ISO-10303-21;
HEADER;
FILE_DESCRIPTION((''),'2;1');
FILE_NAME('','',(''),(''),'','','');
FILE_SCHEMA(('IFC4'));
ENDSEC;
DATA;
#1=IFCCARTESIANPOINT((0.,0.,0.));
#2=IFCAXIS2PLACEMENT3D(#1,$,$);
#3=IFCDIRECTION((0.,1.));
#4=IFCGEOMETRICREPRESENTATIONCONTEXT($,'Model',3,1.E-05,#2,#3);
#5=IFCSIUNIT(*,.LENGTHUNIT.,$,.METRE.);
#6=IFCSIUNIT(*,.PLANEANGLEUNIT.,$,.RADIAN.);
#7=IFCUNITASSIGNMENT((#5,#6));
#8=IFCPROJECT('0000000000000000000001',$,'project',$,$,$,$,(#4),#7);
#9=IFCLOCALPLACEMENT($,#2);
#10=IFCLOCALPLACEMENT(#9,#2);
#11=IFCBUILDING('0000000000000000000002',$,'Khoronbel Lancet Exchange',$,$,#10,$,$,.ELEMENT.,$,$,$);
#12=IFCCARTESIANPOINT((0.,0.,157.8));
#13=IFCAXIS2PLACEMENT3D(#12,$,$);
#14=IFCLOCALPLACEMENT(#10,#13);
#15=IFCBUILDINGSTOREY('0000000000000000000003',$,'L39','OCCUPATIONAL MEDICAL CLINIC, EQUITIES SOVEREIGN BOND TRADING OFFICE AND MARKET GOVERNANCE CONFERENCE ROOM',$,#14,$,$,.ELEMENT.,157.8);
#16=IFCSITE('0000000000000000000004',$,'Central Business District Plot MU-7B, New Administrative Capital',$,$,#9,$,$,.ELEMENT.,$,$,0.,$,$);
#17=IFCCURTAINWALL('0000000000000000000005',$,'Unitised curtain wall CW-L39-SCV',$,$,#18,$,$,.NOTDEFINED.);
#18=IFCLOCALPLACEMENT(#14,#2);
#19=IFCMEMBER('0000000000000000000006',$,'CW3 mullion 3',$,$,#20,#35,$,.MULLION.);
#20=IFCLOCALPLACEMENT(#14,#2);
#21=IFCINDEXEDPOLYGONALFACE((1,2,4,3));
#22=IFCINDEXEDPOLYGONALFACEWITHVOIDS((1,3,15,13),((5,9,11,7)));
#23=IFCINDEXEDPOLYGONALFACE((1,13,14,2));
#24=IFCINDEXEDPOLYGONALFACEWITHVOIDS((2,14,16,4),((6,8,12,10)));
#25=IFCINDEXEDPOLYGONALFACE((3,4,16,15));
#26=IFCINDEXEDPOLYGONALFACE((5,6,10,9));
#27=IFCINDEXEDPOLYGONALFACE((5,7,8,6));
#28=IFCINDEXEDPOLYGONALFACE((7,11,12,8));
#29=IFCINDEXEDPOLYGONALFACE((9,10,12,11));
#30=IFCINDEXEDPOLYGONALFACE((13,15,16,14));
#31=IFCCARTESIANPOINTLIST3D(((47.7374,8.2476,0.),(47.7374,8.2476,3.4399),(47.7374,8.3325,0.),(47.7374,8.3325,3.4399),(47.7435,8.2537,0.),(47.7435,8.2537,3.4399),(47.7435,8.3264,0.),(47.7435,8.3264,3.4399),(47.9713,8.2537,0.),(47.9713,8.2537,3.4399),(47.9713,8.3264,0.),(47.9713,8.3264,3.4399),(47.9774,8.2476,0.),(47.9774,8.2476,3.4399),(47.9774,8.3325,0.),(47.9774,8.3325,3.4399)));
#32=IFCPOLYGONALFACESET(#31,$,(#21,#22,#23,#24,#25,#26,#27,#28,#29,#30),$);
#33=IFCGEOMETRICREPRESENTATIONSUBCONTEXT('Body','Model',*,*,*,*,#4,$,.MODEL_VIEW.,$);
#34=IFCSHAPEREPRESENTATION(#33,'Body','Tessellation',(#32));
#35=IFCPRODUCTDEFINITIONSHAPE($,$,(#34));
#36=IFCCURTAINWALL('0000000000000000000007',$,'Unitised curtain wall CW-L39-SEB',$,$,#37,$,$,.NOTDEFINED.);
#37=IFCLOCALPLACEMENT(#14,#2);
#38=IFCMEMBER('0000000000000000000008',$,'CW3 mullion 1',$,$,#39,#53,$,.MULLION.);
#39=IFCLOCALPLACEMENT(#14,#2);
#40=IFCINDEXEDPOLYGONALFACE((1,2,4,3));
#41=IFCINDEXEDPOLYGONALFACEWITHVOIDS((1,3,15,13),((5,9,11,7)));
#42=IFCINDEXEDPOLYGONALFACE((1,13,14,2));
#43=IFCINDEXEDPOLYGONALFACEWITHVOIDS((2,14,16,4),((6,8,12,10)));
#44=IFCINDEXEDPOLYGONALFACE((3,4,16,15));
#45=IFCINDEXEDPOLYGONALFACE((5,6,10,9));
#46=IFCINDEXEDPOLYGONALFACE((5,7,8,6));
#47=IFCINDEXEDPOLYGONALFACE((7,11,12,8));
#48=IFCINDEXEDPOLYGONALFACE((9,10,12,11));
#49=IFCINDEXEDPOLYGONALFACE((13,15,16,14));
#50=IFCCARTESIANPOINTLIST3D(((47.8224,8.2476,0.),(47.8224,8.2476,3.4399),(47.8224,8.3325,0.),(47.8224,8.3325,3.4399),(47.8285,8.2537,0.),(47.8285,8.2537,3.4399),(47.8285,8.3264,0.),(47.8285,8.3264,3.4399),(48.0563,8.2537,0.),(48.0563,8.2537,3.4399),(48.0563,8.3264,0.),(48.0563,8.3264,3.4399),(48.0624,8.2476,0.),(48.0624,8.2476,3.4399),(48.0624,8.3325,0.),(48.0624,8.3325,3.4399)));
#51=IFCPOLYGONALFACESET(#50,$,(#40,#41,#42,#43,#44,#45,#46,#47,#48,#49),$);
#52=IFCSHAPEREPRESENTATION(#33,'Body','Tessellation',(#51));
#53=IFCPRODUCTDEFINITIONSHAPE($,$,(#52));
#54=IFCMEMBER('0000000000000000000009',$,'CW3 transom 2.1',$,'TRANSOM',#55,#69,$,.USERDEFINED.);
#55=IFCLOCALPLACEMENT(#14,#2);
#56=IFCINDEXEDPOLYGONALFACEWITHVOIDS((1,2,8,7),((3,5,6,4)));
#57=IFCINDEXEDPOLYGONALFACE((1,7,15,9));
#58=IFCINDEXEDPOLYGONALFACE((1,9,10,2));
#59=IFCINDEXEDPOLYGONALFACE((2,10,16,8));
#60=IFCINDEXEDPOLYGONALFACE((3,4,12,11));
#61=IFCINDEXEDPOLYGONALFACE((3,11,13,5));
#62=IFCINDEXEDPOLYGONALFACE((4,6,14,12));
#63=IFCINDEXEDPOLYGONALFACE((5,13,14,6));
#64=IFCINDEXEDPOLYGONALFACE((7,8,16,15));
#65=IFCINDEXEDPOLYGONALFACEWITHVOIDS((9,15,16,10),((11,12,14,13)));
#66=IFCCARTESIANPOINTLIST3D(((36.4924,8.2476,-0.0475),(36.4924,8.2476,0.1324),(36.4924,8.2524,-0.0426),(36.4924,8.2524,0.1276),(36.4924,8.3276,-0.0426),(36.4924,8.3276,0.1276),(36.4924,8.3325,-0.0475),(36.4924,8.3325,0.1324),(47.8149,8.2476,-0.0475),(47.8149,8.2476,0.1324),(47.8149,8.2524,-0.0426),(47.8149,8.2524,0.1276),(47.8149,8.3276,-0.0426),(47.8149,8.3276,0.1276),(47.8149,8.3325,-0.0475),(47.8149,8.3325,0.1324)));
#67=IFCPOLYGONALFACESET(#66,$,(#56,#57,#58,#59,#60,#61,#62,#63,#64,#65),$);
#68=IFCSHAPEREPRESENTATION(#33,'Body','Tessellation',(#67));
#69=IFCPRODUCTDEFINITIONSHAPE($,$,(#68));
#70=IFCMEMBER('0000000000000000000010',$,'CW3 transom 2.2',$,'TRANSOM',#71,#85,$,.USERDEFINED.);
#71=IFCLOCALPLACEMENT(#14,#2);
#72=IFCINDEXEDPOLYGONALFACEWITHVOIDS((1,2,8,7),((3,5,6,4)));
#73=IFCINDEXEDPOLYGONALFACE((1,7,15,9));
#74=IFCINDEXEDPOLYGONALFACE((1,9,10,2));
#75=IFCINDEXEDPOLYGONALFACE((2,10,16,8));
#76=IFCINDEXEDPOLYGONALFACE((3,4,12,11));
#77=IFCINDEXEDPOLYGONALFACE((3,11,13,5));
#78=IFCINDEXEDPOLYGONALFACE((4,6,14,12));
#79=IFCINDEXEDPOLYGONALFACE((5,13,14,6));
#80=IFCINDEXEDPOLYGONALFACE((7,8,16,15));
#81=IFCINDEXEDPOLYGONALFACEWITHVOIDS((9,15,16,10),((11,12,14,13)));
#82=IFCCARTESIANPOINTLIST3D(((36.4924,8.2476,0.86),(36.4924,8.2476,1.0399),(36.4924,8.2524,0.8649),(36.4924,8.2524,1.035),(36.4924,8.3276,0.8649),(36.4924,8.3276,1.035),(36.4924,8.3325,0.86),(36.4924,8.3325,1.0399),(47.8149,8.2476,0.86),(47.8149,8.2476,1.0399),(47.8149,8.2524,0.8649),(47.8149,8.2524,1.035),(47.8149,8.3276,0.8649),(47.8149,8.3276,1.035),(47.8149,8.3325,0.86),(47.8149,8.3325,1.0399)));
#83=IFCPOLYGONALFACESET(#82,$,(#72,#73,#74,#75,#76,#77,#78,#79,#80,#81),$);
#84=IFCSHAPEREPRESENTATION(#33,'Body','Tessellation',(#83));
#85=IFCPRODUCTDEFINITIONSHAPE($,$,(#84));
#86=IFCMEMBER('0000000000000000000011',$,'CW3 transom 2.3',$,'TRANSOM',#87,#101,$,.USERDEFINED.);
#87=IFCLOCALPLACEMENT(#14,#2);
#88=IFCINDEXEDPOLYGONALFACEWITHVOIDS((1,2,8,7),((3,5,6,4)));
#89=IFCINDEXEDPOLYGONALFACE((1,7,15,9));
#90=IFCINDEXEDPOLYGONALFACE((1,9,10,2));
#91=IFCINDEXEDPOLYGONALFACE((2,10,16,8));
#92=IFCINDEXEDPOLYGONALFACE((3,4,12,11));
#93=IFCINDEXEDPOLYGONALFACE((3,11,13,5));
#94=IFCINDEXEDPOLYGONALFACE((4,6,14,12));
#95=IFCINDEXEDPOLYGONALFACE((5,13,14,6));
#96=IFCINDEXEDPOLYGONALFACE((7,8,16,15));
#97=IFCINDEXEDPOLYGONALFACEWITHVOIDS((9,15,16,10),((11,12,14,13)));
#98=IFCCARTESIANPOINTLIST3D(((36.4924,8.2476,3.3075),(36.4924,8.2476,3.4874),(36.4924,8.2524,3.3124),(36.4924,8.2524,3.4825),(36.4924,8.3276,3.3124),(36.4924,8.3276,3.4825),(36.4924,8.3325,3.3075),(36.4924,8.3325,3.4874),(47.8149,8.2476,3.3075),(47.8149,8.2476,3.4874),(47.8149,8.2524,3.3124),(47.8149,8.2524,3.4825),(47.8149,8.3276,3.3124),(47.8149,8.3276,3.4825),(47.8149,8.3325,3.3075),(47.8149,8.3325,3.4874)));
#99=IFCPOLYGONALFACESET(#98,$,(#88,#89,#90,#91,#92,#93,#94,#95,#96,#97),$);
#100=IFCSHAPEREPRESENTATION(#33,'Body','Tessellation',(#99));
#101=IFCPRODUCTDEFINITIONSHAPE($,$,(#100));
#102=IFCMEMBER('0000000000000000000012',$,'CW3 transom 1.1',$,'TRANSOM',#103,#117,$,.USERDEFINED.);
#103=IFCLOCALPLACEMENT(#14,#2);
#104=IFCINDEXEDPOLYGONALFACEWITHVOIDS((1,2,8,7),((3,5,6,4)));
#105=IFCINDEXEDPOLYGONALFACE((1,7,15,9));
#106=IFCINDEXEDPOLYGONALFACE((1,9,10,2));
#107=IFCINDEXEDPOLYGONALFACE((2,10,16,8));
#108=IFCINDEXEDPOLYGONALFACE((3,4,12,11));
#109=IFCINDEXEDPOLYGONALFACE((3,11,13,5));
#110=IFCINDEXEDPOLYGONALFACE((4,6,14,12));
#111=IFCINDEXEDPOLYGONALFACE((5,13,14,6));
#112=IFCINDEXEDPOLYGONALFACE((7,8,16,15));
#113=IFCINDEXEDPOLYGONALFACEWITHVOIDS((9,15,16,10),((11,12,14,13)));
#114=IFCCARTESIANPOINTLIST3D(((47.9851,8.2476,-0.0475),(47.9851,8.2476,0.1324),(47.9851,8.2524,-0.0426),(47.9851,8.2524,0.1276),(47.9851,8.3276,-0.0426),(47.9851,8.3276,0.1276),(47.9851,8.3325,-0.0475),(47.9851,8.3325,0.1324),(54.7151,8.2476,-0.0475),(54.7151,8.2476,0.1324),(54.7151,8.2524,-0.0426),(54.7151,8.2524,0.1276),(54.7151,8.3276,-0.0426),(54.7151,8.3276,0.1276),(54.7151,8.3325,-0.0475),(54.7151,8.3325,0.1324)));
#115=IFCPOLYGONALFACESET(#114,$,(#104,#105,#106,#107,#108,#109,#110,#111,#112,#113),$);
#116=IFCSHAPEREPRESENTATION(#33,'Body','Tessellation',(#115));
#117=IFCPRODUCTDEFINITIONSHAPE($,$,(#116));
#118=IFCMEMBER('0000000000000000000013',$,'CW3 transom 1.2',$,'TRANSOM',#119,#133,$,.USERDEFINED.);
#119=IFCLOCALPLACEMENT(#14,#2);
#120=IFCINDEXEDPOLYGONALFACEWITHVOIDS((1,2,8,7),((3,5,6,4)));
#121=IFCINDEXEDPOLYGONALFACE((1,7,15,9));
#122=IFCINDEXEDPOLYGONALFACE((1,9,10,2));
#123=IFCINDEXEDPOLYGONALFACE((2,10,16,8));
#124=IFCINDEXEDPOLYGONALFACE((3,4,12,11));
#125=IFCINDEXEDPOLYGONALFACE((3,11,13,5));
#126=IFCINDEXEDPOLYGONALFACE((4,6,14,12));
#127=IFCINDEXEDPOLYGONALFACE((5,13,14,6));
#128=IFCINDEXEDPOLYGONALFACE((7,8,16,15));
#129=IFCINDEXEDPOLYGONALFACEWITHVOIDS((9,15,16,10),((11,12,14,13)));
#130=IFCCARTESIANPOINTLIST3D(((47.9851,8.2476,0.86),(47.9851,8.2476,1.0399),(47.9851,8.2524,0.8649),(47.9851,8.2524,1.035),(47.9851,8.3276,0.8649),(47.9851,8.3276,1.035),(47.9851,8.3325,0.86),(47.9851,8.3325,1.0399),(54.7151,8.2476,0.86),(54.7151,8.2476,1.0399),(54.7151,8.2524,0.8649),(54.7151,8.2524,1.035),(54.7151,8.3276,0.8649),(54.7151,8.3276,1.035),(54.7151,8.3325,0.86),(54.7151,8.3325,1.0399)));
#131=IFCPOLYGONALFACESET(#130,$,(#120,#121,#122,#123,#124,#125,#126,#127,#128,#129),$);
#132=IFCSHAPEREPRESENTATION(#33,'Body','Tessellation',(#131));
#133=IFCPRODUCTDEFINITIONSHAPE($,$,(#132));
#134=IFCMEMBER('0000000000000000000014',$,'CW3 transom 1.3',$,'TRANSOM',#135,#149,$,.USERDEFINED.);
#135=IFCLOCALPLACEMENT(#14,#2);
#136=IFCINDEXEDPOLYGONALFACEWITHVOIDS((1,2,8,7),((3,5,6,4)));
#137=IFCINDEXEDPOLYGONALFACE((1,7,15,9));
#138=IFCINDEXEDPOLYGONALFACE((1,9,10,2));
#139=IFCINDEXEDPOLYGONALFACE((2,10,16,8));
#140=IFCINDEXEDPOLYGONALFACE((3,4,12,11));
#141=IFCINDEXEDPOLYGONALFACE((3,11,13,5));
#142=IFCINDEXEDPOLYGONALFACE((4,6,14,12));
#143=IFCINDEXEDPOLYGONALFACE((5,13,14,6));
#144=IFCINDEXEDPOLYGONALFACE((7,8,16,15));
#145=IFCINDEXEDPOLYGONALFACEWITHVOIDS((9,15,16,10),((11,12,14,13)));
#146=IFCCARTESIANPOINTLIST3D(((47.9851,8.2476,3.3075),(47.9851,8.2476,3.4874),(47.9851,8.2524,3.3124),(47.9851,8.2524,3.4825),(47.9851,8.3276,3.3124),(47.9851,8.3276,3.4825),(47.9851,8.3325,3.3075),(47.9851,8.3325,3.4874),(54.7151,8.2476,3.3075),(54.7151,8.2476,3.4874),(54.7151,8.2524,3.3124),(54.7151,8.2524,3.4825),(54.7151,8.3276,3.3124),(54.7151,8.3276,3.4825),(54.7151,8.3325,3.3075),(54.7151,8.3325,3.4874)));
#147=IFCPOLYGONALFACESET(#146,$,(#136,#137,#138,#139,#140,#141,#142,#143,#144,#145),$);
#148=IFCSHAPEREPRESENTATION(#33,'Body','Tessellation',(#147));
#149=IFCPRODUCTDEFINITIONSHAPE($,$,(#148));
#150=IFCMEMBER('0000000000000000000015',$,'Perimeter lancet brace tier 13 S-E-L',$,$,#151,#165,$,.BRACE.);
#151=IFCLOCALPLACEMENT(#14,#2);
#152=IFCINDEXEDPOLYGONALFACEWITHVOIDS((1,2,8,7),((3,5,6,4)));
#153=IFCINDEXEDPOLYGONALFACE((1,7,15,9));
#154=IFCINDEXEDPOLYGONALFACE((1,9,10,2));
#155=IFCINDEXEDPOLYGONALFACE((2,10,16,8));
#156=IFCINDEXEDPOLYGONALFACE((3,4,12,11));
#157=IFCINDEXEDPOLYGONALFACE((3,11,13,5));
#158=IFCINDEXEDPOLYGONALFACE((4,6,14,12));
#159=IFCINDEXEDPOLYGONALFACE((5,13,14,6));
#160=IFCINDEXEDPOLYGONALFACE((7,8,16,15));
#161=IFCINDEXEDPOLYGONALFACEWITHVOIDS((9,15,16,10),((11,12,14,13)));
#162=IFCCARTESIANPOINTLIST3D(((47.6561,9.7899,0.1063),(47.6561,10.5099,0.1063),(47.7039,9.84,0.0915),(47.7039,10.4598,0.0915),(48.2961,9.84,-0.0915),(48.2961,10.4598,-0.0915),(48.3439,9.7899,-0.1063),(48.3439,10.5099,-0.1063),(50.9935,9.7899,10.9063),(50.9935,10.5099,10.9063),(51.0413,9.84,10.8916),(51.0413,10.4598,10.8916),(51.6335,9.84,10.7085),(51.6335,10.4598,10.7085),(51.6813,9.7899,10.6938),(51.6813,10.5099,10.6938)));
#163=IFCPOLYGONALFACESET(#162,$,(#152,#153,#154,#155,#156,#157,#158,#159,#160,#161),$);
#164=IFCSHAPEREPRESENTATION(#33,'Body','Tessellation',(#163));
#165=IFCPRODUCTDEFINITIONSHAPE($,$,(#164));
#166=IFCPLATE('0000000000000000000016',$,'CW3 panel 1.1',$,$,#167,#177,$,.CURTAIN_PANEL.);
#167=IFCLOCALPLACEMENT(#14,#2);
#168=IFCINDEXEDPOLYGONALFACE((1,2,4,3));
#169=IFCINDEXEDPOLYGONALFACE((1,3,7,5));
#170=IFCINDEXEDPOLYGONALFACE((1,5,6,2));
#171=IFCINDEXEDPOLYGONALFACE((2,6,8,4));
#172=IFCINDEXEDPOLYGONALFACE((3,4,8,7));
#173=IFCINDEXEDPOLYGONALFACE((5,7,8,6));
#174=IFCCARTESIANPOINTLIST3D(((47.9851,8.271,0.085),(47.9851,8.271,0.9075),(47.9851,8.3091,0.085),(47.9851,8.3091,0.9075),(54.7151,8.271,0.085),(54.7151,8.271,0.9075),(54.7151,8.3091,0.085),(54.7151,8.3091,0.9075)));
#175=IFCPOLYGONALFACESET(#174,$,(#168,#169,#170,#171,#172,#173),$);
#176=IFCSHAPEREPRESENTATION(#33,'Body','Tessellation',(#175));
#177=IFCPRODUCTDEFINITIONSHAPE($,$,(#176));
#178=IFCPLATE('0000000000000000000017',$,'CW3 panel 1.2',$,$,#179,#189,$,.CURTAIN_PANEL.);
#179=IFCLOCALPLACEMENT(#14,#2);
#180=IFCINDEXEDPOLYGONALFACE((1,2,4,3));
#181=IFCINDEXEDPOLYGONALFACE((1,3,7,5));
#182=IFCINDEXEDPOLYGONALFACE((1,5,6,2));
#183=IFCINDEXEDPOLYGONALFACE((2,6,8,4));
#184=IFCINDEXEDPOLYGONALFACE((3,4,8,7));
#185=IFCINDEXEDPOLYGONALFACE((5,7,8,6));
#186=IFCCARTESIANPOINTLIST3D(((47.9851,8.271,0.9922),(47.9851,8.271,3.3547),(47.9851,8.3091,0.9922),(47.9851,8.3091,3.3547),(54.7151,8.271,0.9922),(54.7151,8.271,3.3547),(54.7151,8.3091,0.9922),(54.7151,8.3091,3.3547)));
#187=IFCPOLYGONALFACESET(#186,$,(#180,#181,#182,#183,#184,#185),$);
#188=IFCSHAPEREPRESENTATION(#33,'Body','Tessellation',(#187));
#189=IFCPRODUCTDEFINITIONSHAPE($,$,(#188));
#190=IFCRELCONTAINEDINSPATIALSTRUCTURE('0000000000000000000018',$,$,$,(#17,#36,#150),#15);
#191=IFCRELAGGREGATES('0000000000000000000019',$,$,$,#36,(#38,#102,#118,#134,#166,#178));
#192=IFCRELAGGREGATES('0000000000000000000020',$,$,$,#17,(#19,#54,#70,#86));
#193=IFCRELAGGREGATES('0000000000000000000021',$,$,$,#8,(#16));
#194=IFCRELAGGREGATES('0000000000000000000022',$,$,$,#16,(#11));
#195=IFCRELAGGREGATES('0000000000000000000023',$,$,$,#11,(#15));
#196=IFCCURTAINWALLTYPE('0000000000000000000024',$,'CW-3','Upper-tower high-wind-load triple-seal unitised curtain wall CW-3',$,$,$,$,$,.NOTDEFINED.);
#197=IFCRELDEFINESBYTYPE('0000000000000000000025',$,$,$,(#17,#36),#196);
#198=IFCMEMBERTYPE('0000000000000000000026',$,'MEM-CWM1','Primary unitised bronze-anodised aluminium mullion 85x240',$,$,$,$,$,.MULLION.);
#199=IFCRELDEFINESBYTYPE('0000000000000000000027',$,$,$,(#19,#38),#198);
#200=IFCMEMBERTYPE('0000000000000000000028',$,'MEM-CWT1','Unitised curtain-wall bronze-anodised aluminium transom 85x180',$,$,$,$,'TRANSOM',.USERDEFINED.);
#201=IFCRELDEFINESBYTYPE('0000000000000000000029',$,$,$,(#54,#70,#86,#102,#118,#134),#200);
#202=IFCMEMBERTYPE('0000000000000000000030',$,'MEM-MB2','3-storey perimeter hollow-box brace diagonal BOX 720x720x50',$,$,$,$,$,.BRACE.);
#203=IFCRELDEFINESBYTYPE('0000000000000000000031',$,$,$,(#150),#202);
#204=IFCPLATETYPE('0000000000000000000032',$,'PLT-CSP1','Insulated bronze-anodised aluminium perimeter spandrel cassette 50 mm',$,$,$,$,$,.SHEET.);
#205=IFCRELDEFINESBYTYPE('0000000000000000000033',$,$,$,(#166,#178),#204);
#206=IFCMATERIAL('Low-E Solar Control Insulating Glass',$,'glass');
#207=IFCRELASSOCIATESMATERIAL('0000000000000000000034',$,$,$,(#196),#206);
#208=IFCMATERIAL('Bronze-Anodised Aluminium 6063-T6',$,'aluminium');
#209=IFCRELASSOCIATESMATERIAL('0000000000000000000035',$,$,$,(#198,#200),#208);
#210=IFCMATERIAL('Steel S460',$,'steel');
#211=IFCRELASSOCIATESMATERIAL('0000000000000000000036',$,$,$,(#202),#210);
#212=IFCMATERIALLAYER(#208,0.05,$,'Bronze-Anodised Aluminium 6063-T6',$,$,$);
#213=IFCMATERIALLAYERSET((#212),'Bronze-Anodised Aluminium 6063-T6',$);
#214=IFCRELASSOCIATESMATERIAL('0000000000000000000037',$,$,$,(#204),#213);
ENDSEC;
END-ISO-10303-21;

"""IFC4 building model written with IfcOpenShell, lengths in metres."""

from ifc_helpers import new_model, si_unit, direction, frame, origin, origin_2d, place, context, subcontext, project, spatial, rectangle, hollow_rectangle, extrude, material, layer, layer_set, material_profile, profile_set, type_object, element, aggregate, save


model = new_model("IFC4")

# Units and contexts
model_context = context("Model", 3, precision=1e-05, world=origin(), true_north=direction((0.0, 1.0)))
body_context = subcontext(model_context, "Body", "Model", "MODEL_VIEW")
ifc_project = project(units=[si_unit("LENGTHUNIT", "METRE"), si_unit("PLANEANGLEUNIT", "RADIAN")], contexts=[model_context])

# Site, building, storey
site_placement = place(None, origin())
site = spatial("IfcSite", under=ifc_project, at=site_placement, Name="Central Business District Plot MU-7B, New Administrative Capital", CompositionType="ELEMENT", RefElevation=0.0)
building_placement = place(site_placement, origin())
building = spatial("IfcBuilding", under=site, at=building_placement, Name="Khoronbel Lancet Exchange", CompositionType="ELEMENT")
storey_placement = place(building_placement, frame((0.0, 0.0, 157.8)))
storey = spatial("IfcBuildingStorey", under=building, at=storey_placement, Name="L39", Description="OCCUPATIONAL MEDICAL CLINIC, EQUITIES SOVEREIGN BOND TRADING OFFICE AND MARKET GOVERNANCE CONFERENCE ROOM", CompositionType="ELEMENT", Elevation=157.8)

# Shared definitions
ifc_material_1 = material(Name="Steel S460", Category="steel")

# Curtain wall, member
ifc_material_2 = material(Name="Low-E Solar Control Insulating Glass", Category="glass")
curtain_wall_type = type_object("IfcCurtainWallType", Name="CW-3", Description="Upper-tower high-wind-load triple-seal unitised curtain wall CW-3", PredefinedType="NOTDEFINED", material=ifc_material_2)
curtain_wall_1_placement = place(storey_placement, origin())
curtain_wall_1 = element("IfcCurtainWall", 1, at=curtain_wall_1_placement, inside=storey, type_object=curtain_wall_type, Name="Unitised curtain wall CW-L39-SCV", PredefinedType="NOTDEFINED")
ifc_material_3 = material(Name="Bronze-Anodised Aluminium 6063-T6", Category="aluminium")
ifc_material_profile_1 = material_profile(ifc_material_3, hollow_rectangle(XDim=0.085, YDim=0.24, WallThickness=0.0061, at=origin_2d()), Name="ALU MULLION 85x240")
ifc_profile_set_1 = profile_set([ifc_material_profile_1], Name="Bronze-Anodised Aluminium 6063-T6")
member_type_1 = type_object("IfcMemberType", Name="MEM-CWM1", Description="Primary unitised bronze-anodised aluminium mullion 85x240", PredefinedType="MULLION", material=ifc_profile_set_1)
member_1_placement = place(storey_placement, frame((47.8574, 8.29, 0.0), z_axis=(0.0, 0.0, 1.0), x_axis=(0.0, 1.0, 0.0)))
member_1 = element("IfcMember", 2, at=member_1_placement, type_object=member_type_1, Name="CW3 mullion 3", PredefinedType="MULLION", context=body_context, shape_type="SweptSolid", body=[
    extrude(hollow_rectangle(XDim=0.085, YDim=0.24, WallThickness=0.0061, at=origin_2d()), origin(), (0.0, 0.0, 1.0), 3.4399),
])

# Curtain wall, member
curtain_wall_2_placement = place(storey_placement, origin())
curtain_wall_2 = element("IfcCurtainWall", 3, at=curtain_wall_2_placement, inside=storey, type_object=curtain_wall_type, Name="Unitised curtain wall CW-L39-SEB", PredefinedType="NOTDEFINED")
member_2_placement = place(storey_placement, frame((47.9424, 8.29, 0.0), z_axis=(0.0, 0.0, 1.0), x_axis=(0.0, 1.0, 0.0)))
member_2 = element("IfcMember", 4, at=member_2_placement, type_object=member_type_1, Name="CW3 mullion 1", PredefinedType="MULLION", context=body_context, shape_type="SweptSolid", body=[
    extrude(hollow_rectangle(XDim=0.085, YDim=0.24, WallThickness=0.0061, at=origin_2d()), origin(), (0.0, 0.0, 1.0), 3.4399),
])

# Members
ifc_material_profile_2 = material_profile(ifc_material_3, hollow_rectangle(XDim=0.085, YDim=0.1799, WallThickness=0.0049, at=origin_2d()), Name="ALU TRANSOM 85x180")
ifc_profile_set_2 = profile_set([ifc_material_profile_2], Name="Bronze-Anodised Aluminium 6063-T6")
member_type_2 = type_object("IfcMemberType", Name="MEM-CWT1", Description="Unitised curtain-wall bronze-anodised aluminium transom 85x180", ElementType="TRANSOM", PredefinedType="USERDEFINED", material=ifc_profile_set_2)
member_3_placement = place(storey_placement, frame((36.4924, 8.29, 0.0425), z_axis=(1.0, 0.0, 0.0), x_axis=(0.0, 1.0, 0.0)))
member_3 = element("IfcMember", 5, at=member_3_placement, type_object=member_type_2, Name="CW3 transom 2.1", ObjectType="TRANSOM", PredefinedType="USERDEFINED", context=body_context, shape_type="SweptSolid", body=[
    extrude(hollow_rectangle(XDim=0.085, YDim=0.1799, WallThickness=0.0049, at=origin_2d()), origin(), (0.0, 0.0, 1.0), 11.3225),
])
member_4_placement = place(storey_placement, frame((36.4924, 8.29, 0.95), z_axis=(1.0, 0.0, 0.0), x_axis=(0.0, 1.0, 0.0)))
member_4 = element("IfcMember", 6, at=member_4_placement, type_object=member_type_2, Name="CW3 transom 2.2", ObjectType="TRANSOM", PredefinedType="USERDEFINED", context=body_context, shape_type="SweptSolid", body=[
    extrude(hollow_rectangle(XDim=0.085, YDim=0.1799, WallThickness=0.0049, at=origin_2d()), origin(), (0.0, 0.0, 1.0), 11.3225),
])
member_5_placement = place(storey_placement, frame((36.4924, 8.29, 3.3975), z_axis=(1.0, 0.0, 0.0), x_axis=(0.0, 1.0, 0.0)))
member_5 = element("IfcMember", 7, at=member_5_placement, type_object=member_type_2, Name="CW3 transom 2.3", ObjectType="TRANSOM", PredefinedType="USERDEFINED", context=body_context, shape_type="SweptSolid", body=[
    extrude(hollow_rectangle(XDim=0.085, YDim=0.1799, WallThickness=0.0049, at=origin_2d()), origin(), (0.0, 0.0, 1.0), 11.3225),
])
member_6_placement = place(storey_placement, frame((47.9851, 8.29, 0.0425), z_axis=(1.0, 0.0, 0.0), x_axis=(0.0, 1.0, 0.0)))
member_6 = element("IfcMember", 8, at=member_6_placement, type_object=member_type_2, Name="CW3 transom 1.1", ObjectType="TRANSOM", PredefinedType="USERDEFINED", context=body_context, shape_type="SweptSolid", body=[
    extrude(hollow_rectangle(XDim=0.085, YDim=0.1799, WallThickness=0.0049, at=origin_2d()), origin(), (0.0, 0.0, 1.0), 6.73),
])
member_7_placement = place(storey_placement, frame((47.9851, 8.29, 0.95), z_axis=(1.0, 0.0, 0.0), x_axis=(0.0, 1.0, 0.0)))
member_7 = element("IfcMember", 9, at=member_7_placement, type_object=member_type_2, Name="CW3 transom 1.2", ObjectType="TRANSOM", PredefinedType="USERDEFINED", context=body_context, shape_type="SweptSolid", body=[
    extrude(hollow_rectangle(XDim=0.085, YDim=0.1799, WallThickness=0.0049, at=origin_2d()), origin(), (0.0, 0.0, 1.0), 6.73),
])
member_8_placement = place(storey_placement, frame((47.9851, 8.29, 3.3975), z_axis=(1.0, 0.0, 0.0), x_axis=(0.0, 1.0, 0.0)))
member_8 = element("IfcMember", 10, at=member_8_placement, type_object=member_type_2, Name="CW3 transom 1.3", ObjectType="TRANSOM", PredefinedType="USERDEFINED", context=body_context, shape_type="SweptSolid", body=[
    extrude(hollow_rectangle(XDim=0.085, YDim=0.1799, WallThickness=0.0049, at=origin_2d()), origin(), (0.0, 0.0, 1.0), 6.73),
])
ifc_material_profile_3 = material_profile(ifc_material_1, hollow_rectangle(XDim=0.72, YDim=0.72, WallThickness=0.05, at=origin_2d()), Name="BOX 720x720x50")
ifc_profile_set_3 = profile_set([ifc_material_profile_3], Name="Steel S460")
member_type_3 = type_object("IfcMemberType", Name="MEM-MB2", Description="3-storey perimeter hollow-box brace diagonal BOX 720x720x50", PredefinedType="BRACE", material=ifc_profile_set_3)
member_9_placement = place(storey_placement, frame((48.0, 10.1499, 0.0), z_axis=(0.295242, 0.0, 0.955422), x_axis=(0.0, 1.0, 0.0)))
element("IfcMember", 11, at=member_9_placement, inside=storey, type_object=member_type_3, Name="Perimeter lancet brace tier 13 S-E-L", PredefinedType="BRACE", context=body_context, shape_type="SweptSolid", body=[
    extrude(hollow_rectangle(XDim=0.72, YDim=0.72, WallThickness=0.05, at=origin_2d()), origin(), (0.0, 0.0, 1.0), 11.304),
])

# Plates
ifc_layer_1 = layer(ifc_material_3, 0.05, Name="Bronze-Anodised Aluminium 6063-T6")
ifc_layer_set_1 = layer_set([ifc_layer_1], Name="Bronze-Anodised Aluminium 6063-T6")
plate_type_1 = type_object("IfcPlateType", Name="PLT-CSP1", Description="Insulated bronze-anodised aluminium perimeter spandrel cassette 50 mm", PredefinedType="SHEET", material=ifc_layer_set_1)
plate_1_placement = place(storey_placement, frame((51.3501, 8.29, 0.085), z_axis=(0.0, 0.0, 1.0), x_axis=(1.0, 0.0, 0.0)))
plate_1 = element("IfcPlate", 12, at=plate_1_placement, type_object=plate_type_1, Name="CW3 panel 1.1", PredefinedType="CURTAIN_PANEL", context=body_context, shape_type="SweptSolid", body=[
    extrude(rectangle(XDim=6.73, YDim=0.0381, at=origin_2d()), origin(), (0.0, 0.0, 1.0), 0.8225),
])
plate_2_placement = place(storey_placement, frame((51.3501, 8.29, 0.9922), z_axis=(0.0, 0.0, 1.0), x_axis=(1.0, 0.0, 0.0)))
plate_2 = element("IfcPlate", 13, at=plate_2_placement, type_object=plate_type_1, Name="CW3 panel 1.2", PredefinedType="CURTAIN_PANEL", context=body_context, shape_type="SweptSolid", body=[
    extrude(rectangle(XDim=6.73, YDim=0.0381, at=origin_2d()), origin(), (0.0, 0.0, 1.0), 2.3625),
])
aggregate(curtain_wall_2, [member_2, member_6, member_7, member_8, plate_1, plate_2])
aggregate(curtain_wall_1, [member_1, member_3, member_4, member_5])

save(model, "model.ifc")
